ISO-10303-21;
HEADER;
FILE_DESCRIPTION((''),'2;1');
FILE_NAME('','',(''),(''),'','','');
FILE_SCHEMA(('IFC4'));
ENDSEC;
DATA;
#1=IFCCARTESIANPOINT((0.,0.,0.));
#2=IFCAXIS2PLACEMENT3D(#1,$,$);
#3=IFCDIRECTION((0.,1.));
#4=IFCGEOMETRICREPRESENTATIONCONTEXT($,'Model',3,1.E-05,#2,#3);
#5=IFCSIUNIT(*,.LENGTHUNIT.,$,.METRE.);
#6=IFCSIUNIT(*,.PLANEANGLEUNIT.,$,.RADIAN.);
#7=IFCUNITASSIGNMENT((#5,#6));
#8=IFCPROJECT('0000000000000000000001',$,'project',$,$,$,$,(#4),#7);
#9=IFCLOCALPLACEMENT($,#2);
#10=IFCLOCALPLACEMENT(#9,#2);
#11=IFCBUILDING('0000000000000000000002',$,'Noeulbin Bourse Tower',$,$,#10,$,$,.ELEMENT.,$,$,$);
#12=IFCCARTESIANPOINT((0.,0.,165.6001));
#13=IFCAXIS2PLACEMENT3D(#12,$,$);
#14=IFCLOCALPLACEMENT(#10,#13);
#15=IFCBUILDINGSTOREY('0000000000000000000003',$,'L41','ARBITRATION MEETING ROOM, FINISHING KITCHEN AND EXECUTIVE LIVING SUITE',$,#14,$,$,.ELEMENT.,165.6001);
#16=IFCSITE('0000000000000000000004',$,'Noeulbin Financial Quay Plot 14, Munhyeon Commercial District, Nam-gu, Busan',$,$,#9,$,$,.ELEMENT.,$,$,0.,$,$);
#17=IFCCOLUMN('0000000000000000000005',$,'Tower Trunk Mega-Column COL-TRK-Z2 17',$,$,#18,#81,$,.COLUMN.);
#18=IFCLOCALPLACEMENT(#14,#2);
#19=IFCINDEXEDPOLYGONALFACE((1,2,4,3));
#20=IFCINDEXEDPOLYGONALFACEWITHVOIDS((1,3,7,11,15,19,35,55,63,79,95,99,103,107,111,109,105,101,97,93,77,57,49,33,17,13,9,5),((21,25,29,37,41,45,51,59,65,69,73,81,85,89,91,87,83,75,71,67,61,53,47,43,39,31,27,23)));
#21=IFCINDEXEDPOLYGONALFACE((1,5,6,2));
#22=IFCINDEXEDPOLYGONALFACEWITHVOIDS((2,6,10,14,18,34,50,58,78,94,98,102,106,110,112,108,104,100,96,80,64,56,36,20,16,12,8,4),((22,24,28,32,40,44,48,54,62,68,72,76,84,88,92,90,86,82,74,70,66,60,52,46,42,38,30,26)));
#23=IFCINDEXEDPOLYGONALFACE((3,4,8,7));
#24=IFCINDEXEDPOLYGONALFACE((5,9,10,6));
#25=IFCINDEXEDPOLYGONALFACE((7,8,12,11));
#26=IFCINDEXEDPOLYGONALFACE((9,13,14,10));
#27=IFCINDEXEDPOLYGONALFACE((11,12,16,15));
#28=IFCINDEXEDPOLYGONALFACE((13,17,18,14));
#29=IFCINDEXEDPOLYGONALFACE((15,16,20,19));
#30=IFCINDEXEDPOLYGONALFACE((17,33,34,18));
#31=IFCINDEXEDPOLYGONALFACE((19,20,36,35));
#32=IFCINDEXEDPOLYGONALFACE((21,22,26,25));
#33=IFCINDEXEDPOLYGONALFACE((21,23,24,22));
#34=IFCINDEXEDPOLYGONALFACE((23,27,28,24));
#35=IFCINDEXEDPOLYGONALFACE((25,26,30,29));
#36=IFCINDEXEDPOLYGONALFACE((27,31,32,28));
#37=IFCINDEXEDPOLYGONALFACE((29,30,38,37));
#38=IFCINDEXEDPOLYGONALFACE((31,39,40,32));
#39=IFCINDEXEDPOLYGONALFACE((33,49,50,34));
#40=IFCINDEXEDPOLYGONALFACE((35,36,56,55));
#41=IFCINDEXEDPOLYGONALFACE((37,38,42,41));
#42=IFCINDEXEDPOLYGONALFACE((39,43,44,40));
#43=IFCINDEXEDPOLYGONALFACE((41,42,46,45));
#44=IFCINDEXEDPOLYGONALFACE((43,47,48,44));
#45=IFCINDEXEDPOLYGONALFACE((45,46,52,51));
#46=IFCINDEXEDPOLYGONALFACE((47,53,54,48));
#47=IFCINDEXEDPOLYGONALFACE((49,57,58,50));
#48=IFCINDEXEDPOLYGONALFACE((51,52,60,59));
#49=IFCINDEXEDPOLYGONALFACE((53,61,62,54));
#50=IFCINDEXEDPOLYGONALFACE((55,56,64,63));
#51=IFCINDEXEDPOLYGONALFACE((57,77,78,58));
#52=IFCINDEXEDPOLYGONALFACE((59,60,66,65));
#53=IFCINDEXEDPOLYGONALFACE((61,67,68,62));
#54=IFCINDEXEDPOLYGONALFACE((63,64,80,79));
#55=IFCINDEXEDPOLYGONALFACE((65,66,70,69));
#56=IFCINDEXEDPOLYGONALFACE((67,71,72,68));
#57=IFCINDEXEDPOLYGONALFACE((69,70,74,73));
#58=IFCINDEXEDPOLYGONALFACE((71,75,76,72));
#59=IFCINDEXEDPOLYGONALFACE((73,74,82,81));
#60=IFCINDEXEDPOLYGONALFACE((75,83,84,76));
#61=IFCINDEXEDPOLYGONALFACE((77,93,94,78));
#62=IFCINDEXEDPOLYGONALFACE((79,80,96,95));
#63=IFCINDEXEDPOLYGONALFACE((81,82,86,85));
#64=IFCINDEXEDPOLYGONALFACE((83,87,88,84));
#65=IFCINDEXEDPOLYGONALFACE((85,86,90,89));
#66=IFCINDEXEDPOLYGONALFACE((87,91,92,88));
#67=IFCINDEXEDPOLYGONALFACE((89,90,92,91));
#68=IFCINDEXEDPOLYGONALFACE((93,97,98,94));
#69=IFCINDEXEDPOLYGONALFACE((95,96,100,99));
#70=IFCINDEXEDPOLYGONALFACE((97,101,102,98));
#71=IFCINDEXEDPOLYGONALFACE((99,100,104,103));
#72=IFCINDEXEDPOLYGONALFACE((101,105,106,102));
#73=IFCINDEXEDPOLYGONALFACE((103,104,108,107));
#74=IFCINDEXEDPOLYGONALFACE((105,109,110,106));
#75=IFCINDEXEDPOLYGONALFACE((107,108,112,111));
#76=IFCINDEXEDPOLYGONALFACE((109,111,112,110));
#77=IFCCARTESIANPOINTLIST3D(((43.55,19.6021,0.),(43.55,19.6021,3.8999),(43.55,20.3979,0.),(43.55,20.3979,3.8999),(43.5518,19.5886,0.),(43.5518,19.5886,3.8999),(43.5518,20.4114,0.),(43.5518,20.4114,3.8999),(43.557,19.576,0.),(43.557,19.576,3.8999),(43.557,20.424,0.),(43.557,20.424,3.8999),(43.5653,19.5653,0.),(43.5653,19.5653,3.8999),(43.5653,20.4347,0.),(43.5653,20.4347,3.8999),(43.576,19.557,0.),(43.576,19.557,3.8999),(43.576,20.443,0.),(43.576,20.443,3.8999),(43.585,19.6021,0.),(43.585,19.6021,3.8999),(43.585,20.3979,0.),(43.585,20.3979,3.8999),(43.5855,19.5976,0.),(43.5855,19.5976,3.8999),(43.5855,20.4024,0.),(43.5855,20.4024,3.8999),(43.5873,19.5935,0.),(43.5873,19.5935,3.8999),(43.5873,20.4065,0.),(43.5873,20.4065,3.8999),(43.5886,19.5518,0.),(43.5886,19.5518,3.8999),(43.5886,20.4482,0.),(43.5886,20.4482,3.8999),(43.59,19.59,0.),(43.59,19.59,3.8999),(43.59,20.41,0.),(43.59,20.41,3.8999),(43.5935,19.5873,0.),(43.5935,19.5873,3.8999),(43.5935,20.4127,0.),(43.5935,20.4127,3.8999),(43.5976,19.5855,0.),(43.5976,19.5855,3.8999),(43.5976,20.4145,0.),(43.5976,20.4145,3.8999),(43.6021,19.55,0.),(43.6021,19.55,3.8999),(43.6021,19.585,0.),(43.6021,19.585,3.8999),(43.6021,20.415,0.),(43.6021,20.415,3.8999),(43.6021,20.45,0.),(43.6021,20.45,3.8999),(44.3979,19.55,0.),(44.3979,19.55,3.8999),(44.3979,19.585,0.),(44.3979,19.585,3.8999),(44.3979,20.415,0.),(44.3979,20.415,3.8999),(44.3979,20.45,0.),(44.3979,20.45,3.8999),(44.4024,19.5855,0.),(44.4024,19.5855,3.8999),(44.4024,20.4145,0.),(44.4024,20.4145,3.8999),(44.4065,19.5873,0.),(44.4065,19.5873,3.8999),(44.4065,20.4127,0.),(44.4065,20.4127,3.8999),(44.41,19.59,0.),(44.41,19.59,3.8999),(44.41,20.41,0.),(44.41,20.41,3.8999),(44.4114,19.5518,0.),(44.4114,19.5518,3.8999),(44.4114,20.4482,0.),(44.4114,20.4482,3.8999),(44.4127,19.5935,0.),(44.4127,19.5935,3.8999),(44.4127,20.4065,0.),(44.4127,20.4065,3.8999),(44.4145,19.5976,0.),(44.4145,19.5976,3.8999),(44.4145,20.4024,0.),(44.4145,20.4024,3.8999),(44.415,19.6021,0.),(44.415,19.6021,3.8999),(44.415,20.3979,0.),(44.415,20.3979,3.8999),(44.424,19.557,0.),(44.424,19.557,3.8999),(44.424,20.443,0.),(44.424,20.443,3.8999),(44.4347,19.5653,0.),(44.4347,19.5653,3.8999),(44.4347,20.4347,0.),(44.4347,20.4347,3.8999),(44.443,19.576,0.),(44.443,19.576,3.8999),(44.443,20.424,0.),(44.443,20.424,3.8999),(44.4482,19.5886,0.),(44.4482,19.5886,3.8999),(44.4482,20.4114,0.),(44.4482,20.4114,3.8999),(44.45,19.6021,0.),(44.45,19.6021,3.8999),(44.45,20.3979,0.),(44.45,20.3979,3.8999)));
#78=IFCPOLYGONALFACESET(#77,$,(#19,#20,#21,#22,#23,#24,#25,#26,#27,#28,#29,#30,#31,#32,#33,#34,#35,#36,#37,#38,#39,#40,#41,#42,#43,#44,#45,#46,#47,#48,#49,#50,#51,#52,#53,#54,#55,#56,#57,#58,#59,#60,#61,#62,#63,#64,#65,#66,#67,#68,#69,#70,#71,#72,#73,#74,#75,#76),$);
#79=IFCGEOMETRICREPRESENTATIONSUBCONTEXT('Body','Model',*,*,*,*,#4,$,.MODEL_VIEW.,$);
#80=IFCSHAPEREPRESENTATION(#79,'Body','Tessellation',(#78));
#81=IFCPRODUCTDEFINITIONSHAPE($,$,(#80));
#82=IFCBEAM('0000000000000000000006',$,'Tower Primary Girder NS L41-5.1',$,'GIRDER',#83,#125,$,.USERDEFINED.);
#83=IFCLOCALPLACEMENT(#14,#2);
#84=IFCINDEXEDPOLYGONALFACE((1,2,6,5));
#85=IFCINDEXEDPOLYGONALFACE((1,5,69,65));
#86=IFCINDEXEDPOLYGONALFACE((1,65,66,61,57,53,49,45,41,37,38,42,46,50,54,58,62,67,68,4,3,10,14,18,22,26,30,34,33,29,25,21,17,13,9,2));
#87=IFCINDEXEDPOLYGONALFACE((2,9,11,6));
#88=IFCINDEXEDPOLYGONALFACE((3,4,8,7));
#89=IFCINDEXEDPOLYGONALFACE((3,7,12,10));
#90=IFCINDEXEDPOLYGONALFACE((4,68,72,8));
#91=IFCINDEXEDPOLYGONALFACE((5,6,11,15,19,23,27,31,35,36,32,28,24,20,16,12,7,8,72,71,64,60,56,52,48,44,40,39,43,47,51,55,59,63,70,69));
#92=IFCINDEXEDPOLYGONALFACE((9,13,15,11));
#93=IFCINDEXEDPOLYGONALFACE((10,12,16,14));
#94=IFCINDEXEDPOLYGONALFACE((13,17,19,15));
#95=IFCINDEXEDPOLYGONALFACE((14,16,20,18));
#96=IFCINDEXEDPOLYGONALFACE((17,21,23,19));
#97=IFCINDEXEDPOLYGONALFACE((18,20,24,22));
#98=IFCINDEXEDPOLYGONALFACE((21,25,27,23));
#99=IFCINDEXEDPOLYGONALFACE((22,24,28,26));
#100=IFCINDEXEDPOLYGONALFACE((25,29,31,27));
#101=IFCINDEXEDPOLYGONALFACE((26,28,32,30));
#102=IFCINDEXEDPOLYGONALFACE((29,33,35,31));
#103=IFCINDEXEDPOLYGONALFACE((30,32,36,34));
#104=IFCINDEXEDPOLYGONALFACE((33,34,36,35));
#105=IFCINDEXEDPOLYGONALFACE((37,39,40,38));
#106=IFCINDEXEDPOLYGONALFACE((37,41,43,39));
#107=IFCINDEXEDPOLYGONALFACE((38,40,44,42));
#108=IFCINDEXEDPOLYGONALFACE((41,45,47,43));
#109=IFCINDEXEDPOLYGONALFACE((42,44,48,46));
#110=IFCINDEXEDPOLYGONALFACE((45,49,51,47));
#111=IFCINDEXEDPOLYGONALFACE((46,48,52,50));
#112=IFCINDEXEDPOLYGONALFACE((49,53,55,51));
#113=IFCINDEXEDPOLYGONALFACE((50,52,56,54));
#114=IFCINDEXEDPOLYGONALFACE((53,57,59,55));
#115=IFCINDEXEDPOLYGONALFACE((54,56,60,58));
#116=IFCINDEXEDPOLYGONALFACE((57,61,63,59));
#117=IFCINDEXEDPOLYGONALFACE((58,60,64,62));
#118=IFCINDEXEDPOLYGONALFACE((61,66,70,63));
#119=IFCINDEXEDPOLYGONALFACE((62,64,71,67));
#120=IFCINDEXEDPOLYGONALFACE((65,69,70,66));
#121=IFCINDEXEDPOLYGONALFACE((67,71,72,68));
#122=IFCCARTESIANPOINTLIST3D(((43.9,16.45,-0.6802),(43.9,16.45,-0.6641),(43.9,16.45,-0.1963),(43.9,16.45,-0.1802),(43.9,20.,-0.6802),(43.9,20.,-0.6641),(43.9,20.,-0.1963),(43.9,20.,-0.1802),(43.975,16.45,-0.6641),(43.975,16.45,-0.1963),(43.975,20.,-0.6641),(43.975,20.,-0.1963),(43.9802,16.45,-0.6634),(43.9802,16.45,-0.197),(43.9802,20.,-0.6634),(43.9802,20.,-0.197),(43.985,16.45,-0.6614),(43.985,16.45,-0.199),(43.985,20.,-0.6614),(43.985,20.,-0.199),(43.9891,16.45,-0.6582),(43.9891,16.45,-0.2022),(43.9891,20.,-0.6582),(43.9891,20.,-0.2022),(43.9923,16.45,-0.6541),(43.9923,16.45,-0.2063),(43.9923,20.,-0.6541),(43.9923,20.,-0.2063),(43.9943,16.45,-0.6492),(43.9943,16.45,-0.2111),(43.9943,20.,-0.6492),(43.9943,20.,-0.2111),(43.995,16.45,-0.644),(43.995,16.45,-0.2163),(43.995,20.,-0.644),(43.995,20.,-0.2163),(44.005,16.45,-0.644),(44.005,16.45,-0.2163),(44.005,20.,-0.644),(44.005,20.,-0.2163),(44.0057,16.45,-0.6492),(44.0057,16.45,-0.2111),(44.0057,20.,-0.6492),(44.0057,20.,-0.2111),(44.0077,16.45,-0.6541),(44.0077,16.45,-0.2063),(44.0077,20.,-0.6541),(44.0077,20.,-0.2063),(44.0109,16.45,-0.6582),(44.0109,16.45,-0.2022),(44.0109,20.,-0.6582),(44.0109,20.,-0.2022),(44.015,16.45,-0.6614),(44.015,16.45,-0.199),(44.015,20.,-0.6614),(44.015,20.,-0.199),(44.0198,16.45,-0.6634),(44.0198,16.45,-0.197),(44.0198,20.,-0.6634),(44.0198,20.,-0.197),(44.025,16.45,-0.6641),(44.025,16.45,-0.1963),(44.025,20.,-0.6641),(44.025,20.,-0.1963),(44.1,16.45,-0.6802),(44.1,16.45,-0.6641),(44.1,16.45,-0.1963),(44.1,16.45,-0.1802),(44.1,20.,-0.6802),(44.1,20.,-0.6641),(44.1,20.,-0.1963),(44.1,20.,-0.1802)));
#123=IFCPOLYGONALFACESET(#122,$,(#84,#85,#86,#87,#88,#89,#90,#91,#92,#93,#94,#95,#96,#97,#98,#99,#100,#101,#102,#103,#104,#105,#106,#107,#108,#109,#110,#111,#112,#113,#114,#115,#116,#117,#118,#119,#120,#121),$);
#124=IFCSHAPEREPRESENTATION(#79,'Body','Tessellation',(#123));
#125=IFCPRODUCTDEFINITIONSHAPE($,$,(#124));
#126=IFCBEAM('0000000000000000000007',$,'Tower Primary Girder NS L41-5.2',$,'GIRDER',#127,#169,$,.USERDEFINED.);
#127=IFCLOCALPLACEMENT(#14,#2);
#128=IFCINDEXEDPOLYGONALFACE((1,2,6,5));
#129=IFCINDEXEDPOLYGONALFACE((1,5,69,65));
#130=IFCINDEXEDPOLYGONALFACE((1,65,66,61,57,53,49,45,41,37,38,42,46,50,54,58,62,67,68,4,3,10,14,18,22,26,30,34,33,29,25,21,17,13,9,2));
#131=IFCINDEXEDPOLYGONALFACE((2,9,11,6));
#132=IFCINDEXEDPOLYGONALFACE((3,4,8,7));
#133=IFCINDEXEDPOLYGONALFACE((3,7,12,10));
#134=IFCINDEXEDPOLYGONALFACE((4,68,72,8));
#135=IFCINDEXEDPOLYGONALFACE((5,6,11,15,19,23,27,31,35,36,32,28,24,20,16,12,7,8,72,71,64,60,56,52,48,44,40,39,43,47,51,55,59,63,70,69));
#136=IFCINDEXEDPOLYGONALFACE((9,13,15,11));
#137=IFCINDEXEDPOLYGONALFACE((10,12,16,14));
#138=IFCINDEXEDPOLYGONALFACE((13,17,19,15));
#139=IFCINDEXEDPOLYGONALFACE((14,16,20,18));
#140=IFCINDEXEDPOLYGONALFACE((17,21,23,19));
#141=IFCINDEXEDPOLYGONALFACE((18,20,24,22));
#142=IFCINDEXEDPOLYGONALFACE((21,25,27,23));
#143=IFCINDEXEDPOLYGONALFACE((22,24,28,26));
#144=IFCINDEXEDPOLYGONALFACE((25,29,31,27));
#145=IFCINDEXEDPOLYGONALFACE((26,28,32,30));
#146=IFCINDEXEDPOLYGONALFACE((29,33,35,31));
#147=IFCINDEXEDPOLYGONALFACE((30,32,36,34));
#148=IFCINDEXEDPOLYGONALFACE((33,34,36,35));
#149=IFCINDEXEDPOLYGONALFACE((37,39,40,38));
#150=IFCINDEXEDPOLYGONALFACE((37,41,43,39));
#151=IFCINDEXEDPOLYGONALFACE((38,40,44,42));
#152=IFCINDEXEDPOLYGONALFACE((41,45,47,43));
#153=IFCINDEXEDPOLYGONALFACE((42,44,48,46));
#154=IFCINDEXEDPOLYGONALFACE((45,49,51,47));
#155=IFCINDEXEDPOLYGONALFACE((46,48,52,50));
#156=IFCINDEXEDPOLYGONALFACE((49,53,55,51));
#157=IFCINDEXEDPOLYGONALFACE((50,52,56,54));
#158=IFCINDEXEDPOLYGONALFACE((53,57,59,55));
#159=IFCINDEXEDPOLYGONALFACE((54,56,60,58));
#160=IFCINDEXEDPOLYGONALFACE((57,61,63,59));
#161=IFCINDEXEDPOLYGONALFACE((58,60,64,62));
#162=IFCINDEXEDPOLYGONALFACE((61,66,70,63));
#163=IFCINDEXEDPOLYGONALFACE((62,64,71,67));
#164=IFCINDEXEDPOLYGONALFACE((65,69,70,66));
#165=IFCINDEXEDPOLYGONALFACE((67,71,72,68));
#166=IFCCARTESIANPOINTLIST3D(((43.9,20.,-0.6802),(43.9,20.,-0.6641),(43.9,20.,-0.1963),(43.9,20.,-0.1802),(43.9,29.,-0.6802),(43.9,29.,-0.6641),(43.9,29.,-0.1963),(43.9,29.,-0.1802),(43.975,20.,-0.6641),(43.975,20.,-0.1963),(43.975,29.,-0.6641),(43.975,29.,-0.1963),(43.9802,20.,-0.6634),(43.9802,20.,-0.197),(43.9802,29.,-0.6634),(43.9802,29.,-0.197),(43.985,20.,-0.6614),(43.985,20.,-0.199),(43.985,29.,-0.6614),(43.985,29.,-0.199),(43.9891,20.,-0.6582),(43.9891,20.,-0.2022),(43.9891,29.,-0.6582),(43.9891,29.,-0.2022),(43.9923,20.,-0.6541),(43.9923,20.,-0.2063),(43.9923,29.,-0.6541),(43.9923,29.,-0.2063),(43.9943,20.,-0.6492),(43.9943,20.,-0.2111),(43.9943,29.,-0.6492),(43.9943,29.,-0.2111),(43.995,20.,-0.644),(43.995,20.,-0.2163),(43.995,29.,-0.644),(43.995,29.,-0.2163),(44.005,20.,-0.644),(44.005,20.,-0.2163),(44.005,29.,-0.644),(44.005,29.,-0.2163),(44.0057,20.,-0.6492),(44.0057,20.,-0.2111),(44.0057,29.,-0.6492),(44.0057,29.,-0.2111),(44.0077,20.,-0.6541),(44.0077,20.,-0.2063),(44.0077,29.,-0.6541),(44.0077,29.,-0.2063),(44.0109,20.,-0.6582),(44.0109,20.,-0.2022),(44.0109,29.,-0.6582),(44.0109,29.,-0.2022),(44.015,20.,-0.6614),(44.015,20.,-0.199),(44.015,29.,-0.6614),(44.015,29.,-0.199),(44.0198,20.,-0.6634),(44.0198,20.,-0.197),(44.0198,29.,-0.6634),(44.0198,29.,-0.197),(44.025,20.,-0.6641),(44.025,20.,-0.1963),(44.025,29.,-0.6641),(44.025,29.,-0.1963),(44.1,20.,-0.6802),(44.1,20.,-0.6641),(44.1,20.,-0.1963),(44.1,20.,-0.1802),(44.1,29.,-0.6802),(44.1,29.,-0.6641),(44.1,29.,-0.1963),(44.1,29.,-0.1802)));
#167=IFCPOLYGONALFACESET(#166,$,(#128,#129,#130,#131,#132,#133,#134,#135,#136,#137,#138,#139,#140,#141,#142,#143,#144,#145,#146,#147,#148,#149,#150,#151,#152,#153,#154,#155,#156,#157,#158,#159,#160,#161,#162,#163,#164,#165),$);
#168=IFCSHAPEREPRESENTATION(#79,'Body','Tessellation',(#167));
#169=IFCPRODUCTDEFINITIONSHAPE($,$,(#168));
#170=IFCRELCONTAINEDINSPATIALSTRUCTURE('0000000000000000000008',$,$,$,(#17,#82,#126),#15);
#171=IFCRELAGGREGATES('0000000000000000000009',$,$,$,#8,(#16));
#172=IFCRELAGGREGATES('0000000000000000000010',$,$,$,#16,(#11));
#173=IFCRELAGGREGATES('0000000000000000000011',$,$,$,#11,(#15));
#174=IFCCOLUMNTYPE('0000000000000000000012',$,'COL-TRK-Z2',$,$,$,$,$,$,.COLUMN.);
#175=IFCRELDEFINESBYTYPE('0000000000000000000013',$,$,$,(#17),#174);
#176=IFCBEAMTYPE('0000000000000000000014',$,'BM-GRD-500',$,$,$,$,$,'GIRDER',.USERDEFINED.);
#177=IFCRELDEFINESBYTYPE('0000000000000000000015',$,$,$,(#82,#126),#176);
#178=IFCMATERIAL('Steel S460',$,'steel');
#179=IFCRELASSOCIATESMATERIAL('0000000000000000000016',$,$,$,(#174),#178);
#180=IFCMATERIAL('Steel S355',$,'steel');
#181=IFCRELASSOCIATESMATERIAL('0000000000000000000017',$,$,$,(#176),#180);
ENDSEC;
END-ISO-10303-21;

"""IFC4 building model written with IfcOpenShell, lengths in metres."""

from ifc_helpers import new_model, si_unit, direction, frame, origin, origin_2d, place, context, subcontext, project, spatial, hollow_rectangle, i_section, extrude, material, material_profile, profile_set, type_object, element, save


model = new_model("IFC4")

# Units and contexts
model_context = context("Model", 3, precision=1e-05, world=origin(), true_north=direction((0.0, 1.0)))
body_context = subcontext(model_context, "Body", "Model", "MODEL_VIEW")
ifc_project = project(units=[si_unit("LENGTHUNIT", "METRE"), si_unit("PLANEANGLEUNIT", "RADIAN")], contexts=[model_context])

# Site, building, storey
site_placement = place(None, origin())
site = spatial("IfcSite", under=ifc_project, at=site_placement, Name="Noeulbin Financial Quay Plot 14, Munhyeon Commercial District, Nam-gu, Busan", CompositionType="ELEMENT", RefElevation=0.0)
building_placement = place(site_placement, origin())
building = spatial("IfcBuilding", under=site, at=building_placement, Name="Noeulbin Bourse Tower", CompositionType="ELEMENT")
storey_placement = place(building_placement, frame((0.0, 0.0, 165.6001)))
storey = spatial("IfcBuildingStorey", under=building, at=storey_placement, Name="L41", Description="ARBITRATION MEETING ROOM, FINISHING KITCHEN AND EXECUTIVE LIVING SUITE", CompositionType="ELEMENT", Elevation=165.6001)

# Column
ifc_material_1 = material(Name="Steel S355", Category="steel")
ifc_material_2 = material(Name="Steel S460", Category="steel")
ifc_material_profile_1 = material_profile(ifc_material_2, hollow_rectangle(XDim=0.8999, YDim=0.8999, WallThickness=0.0349, InnerFilletRadius=0.0171, OuterFilletRadius=0.052, at=origin_2d()), Name="BOX-900x900x35", Category="LoadBearing")
ifc_profile_set_1 = profile_set([ifc_material_profile_1], Name="Steel S460")
column_type_1 = type_object("IfcColumnType", Name="COL-TRK-Z2", PredefinedType="COLUMN", material=ifc_profile_set_1)
column_1_placement = place(storey_placement, frame((44.0, 20.0, 0.0), z_axis=(0.0, 0.0, 1.0), x_axis=(1.0, 0.0, 0.0)))
element("IfcColumn", 1, at=column_1_placement, inside=storey, type_object=column_type_1, Name="Tower Trunk Mega-Column COL-TRK-Z2 17", PredefinedType="COLUMN", context=body_context, shape_type="SweptSolid", body=[
    extrude(hollow_rectangle(XDim=0.8999, YDim=0.8999, WallThickness=0.0349, InnerFilletRadius=0.0171, OuterFilletRadius=0.052, at=origin_2d()), origin(), (0.0, 0.0, 1.0), 3.8999),
])

# Beams
ifc_material_profile_2 = material_profile(ifc_material_1, i_section(OverallWidth=0.2, OverallDepth=0.5, WebThickness=0.01, FlangeThickness=0.0161, FilletRadius=0.02, at=origin_2d()), Name="H-500x200x10x16", Category="LoadBearing")
ifc_profile_set_2 = profile_set([ifc_material_profile_2], Name="Steel S355")
beam_type_1 = type_object("IfcBeamType", Name="BM-GRD-500", ElementType="GIRDER", PredefinedType="USERDEFINED", material=ifc_profile_set_2)
beam_1_placement = place(storey_placement, frame((44.0, 16.45, -0.4302), z_axis=(0.0, 1.0, 0.0), x_axis=(-1.0, 0.0, 0.0)))
element("IfcBeam", 2, at=beam_1_placement, inside=storey, type_object=beam_type_1, Name="Tower Primary Girder NS L41-5.1", ObjectType="GIRDER", PredefinedType="USERDEFINED", context=body_context, shape_type="SweptSolid", body=[
    extrude(i_section(OverallWidth=0.2, OverallDepth=0.5, WebThickness=0.01, FlangeThickness=0.0161, FilletRadius=0.02, at=origin_2d()), origin(), (0.0, 0.0, 1.0), 3.55),
])
beam_2_placement = place(storey_placement, frame((44.0, 20.0, -0.4302), z_axis=(0.0, 1.0, 0.0), x_axis=(-1.0, 0.0, 0.0)))
element("IfcBeam", 3, at=beam_2_placement, inside=storey, type_object=beam_type_1, Name="Tower Primary Girder NS L41-5.2", ObjectType="GIRDER", PredefinedType="USERDEFINED", context=body_context, shape_type="SweptSolid", body=[
    extrude(i_section(OverallWidth=0.2, OverallDepth=0.5, WebThickness=0.01, FlangeThickness=0.0161, FilletRadius=0.02, at=origin_2d()), origin(), (0.0, 0.0, 1.0), 9.0),
])

save(model, "model.ifc")
